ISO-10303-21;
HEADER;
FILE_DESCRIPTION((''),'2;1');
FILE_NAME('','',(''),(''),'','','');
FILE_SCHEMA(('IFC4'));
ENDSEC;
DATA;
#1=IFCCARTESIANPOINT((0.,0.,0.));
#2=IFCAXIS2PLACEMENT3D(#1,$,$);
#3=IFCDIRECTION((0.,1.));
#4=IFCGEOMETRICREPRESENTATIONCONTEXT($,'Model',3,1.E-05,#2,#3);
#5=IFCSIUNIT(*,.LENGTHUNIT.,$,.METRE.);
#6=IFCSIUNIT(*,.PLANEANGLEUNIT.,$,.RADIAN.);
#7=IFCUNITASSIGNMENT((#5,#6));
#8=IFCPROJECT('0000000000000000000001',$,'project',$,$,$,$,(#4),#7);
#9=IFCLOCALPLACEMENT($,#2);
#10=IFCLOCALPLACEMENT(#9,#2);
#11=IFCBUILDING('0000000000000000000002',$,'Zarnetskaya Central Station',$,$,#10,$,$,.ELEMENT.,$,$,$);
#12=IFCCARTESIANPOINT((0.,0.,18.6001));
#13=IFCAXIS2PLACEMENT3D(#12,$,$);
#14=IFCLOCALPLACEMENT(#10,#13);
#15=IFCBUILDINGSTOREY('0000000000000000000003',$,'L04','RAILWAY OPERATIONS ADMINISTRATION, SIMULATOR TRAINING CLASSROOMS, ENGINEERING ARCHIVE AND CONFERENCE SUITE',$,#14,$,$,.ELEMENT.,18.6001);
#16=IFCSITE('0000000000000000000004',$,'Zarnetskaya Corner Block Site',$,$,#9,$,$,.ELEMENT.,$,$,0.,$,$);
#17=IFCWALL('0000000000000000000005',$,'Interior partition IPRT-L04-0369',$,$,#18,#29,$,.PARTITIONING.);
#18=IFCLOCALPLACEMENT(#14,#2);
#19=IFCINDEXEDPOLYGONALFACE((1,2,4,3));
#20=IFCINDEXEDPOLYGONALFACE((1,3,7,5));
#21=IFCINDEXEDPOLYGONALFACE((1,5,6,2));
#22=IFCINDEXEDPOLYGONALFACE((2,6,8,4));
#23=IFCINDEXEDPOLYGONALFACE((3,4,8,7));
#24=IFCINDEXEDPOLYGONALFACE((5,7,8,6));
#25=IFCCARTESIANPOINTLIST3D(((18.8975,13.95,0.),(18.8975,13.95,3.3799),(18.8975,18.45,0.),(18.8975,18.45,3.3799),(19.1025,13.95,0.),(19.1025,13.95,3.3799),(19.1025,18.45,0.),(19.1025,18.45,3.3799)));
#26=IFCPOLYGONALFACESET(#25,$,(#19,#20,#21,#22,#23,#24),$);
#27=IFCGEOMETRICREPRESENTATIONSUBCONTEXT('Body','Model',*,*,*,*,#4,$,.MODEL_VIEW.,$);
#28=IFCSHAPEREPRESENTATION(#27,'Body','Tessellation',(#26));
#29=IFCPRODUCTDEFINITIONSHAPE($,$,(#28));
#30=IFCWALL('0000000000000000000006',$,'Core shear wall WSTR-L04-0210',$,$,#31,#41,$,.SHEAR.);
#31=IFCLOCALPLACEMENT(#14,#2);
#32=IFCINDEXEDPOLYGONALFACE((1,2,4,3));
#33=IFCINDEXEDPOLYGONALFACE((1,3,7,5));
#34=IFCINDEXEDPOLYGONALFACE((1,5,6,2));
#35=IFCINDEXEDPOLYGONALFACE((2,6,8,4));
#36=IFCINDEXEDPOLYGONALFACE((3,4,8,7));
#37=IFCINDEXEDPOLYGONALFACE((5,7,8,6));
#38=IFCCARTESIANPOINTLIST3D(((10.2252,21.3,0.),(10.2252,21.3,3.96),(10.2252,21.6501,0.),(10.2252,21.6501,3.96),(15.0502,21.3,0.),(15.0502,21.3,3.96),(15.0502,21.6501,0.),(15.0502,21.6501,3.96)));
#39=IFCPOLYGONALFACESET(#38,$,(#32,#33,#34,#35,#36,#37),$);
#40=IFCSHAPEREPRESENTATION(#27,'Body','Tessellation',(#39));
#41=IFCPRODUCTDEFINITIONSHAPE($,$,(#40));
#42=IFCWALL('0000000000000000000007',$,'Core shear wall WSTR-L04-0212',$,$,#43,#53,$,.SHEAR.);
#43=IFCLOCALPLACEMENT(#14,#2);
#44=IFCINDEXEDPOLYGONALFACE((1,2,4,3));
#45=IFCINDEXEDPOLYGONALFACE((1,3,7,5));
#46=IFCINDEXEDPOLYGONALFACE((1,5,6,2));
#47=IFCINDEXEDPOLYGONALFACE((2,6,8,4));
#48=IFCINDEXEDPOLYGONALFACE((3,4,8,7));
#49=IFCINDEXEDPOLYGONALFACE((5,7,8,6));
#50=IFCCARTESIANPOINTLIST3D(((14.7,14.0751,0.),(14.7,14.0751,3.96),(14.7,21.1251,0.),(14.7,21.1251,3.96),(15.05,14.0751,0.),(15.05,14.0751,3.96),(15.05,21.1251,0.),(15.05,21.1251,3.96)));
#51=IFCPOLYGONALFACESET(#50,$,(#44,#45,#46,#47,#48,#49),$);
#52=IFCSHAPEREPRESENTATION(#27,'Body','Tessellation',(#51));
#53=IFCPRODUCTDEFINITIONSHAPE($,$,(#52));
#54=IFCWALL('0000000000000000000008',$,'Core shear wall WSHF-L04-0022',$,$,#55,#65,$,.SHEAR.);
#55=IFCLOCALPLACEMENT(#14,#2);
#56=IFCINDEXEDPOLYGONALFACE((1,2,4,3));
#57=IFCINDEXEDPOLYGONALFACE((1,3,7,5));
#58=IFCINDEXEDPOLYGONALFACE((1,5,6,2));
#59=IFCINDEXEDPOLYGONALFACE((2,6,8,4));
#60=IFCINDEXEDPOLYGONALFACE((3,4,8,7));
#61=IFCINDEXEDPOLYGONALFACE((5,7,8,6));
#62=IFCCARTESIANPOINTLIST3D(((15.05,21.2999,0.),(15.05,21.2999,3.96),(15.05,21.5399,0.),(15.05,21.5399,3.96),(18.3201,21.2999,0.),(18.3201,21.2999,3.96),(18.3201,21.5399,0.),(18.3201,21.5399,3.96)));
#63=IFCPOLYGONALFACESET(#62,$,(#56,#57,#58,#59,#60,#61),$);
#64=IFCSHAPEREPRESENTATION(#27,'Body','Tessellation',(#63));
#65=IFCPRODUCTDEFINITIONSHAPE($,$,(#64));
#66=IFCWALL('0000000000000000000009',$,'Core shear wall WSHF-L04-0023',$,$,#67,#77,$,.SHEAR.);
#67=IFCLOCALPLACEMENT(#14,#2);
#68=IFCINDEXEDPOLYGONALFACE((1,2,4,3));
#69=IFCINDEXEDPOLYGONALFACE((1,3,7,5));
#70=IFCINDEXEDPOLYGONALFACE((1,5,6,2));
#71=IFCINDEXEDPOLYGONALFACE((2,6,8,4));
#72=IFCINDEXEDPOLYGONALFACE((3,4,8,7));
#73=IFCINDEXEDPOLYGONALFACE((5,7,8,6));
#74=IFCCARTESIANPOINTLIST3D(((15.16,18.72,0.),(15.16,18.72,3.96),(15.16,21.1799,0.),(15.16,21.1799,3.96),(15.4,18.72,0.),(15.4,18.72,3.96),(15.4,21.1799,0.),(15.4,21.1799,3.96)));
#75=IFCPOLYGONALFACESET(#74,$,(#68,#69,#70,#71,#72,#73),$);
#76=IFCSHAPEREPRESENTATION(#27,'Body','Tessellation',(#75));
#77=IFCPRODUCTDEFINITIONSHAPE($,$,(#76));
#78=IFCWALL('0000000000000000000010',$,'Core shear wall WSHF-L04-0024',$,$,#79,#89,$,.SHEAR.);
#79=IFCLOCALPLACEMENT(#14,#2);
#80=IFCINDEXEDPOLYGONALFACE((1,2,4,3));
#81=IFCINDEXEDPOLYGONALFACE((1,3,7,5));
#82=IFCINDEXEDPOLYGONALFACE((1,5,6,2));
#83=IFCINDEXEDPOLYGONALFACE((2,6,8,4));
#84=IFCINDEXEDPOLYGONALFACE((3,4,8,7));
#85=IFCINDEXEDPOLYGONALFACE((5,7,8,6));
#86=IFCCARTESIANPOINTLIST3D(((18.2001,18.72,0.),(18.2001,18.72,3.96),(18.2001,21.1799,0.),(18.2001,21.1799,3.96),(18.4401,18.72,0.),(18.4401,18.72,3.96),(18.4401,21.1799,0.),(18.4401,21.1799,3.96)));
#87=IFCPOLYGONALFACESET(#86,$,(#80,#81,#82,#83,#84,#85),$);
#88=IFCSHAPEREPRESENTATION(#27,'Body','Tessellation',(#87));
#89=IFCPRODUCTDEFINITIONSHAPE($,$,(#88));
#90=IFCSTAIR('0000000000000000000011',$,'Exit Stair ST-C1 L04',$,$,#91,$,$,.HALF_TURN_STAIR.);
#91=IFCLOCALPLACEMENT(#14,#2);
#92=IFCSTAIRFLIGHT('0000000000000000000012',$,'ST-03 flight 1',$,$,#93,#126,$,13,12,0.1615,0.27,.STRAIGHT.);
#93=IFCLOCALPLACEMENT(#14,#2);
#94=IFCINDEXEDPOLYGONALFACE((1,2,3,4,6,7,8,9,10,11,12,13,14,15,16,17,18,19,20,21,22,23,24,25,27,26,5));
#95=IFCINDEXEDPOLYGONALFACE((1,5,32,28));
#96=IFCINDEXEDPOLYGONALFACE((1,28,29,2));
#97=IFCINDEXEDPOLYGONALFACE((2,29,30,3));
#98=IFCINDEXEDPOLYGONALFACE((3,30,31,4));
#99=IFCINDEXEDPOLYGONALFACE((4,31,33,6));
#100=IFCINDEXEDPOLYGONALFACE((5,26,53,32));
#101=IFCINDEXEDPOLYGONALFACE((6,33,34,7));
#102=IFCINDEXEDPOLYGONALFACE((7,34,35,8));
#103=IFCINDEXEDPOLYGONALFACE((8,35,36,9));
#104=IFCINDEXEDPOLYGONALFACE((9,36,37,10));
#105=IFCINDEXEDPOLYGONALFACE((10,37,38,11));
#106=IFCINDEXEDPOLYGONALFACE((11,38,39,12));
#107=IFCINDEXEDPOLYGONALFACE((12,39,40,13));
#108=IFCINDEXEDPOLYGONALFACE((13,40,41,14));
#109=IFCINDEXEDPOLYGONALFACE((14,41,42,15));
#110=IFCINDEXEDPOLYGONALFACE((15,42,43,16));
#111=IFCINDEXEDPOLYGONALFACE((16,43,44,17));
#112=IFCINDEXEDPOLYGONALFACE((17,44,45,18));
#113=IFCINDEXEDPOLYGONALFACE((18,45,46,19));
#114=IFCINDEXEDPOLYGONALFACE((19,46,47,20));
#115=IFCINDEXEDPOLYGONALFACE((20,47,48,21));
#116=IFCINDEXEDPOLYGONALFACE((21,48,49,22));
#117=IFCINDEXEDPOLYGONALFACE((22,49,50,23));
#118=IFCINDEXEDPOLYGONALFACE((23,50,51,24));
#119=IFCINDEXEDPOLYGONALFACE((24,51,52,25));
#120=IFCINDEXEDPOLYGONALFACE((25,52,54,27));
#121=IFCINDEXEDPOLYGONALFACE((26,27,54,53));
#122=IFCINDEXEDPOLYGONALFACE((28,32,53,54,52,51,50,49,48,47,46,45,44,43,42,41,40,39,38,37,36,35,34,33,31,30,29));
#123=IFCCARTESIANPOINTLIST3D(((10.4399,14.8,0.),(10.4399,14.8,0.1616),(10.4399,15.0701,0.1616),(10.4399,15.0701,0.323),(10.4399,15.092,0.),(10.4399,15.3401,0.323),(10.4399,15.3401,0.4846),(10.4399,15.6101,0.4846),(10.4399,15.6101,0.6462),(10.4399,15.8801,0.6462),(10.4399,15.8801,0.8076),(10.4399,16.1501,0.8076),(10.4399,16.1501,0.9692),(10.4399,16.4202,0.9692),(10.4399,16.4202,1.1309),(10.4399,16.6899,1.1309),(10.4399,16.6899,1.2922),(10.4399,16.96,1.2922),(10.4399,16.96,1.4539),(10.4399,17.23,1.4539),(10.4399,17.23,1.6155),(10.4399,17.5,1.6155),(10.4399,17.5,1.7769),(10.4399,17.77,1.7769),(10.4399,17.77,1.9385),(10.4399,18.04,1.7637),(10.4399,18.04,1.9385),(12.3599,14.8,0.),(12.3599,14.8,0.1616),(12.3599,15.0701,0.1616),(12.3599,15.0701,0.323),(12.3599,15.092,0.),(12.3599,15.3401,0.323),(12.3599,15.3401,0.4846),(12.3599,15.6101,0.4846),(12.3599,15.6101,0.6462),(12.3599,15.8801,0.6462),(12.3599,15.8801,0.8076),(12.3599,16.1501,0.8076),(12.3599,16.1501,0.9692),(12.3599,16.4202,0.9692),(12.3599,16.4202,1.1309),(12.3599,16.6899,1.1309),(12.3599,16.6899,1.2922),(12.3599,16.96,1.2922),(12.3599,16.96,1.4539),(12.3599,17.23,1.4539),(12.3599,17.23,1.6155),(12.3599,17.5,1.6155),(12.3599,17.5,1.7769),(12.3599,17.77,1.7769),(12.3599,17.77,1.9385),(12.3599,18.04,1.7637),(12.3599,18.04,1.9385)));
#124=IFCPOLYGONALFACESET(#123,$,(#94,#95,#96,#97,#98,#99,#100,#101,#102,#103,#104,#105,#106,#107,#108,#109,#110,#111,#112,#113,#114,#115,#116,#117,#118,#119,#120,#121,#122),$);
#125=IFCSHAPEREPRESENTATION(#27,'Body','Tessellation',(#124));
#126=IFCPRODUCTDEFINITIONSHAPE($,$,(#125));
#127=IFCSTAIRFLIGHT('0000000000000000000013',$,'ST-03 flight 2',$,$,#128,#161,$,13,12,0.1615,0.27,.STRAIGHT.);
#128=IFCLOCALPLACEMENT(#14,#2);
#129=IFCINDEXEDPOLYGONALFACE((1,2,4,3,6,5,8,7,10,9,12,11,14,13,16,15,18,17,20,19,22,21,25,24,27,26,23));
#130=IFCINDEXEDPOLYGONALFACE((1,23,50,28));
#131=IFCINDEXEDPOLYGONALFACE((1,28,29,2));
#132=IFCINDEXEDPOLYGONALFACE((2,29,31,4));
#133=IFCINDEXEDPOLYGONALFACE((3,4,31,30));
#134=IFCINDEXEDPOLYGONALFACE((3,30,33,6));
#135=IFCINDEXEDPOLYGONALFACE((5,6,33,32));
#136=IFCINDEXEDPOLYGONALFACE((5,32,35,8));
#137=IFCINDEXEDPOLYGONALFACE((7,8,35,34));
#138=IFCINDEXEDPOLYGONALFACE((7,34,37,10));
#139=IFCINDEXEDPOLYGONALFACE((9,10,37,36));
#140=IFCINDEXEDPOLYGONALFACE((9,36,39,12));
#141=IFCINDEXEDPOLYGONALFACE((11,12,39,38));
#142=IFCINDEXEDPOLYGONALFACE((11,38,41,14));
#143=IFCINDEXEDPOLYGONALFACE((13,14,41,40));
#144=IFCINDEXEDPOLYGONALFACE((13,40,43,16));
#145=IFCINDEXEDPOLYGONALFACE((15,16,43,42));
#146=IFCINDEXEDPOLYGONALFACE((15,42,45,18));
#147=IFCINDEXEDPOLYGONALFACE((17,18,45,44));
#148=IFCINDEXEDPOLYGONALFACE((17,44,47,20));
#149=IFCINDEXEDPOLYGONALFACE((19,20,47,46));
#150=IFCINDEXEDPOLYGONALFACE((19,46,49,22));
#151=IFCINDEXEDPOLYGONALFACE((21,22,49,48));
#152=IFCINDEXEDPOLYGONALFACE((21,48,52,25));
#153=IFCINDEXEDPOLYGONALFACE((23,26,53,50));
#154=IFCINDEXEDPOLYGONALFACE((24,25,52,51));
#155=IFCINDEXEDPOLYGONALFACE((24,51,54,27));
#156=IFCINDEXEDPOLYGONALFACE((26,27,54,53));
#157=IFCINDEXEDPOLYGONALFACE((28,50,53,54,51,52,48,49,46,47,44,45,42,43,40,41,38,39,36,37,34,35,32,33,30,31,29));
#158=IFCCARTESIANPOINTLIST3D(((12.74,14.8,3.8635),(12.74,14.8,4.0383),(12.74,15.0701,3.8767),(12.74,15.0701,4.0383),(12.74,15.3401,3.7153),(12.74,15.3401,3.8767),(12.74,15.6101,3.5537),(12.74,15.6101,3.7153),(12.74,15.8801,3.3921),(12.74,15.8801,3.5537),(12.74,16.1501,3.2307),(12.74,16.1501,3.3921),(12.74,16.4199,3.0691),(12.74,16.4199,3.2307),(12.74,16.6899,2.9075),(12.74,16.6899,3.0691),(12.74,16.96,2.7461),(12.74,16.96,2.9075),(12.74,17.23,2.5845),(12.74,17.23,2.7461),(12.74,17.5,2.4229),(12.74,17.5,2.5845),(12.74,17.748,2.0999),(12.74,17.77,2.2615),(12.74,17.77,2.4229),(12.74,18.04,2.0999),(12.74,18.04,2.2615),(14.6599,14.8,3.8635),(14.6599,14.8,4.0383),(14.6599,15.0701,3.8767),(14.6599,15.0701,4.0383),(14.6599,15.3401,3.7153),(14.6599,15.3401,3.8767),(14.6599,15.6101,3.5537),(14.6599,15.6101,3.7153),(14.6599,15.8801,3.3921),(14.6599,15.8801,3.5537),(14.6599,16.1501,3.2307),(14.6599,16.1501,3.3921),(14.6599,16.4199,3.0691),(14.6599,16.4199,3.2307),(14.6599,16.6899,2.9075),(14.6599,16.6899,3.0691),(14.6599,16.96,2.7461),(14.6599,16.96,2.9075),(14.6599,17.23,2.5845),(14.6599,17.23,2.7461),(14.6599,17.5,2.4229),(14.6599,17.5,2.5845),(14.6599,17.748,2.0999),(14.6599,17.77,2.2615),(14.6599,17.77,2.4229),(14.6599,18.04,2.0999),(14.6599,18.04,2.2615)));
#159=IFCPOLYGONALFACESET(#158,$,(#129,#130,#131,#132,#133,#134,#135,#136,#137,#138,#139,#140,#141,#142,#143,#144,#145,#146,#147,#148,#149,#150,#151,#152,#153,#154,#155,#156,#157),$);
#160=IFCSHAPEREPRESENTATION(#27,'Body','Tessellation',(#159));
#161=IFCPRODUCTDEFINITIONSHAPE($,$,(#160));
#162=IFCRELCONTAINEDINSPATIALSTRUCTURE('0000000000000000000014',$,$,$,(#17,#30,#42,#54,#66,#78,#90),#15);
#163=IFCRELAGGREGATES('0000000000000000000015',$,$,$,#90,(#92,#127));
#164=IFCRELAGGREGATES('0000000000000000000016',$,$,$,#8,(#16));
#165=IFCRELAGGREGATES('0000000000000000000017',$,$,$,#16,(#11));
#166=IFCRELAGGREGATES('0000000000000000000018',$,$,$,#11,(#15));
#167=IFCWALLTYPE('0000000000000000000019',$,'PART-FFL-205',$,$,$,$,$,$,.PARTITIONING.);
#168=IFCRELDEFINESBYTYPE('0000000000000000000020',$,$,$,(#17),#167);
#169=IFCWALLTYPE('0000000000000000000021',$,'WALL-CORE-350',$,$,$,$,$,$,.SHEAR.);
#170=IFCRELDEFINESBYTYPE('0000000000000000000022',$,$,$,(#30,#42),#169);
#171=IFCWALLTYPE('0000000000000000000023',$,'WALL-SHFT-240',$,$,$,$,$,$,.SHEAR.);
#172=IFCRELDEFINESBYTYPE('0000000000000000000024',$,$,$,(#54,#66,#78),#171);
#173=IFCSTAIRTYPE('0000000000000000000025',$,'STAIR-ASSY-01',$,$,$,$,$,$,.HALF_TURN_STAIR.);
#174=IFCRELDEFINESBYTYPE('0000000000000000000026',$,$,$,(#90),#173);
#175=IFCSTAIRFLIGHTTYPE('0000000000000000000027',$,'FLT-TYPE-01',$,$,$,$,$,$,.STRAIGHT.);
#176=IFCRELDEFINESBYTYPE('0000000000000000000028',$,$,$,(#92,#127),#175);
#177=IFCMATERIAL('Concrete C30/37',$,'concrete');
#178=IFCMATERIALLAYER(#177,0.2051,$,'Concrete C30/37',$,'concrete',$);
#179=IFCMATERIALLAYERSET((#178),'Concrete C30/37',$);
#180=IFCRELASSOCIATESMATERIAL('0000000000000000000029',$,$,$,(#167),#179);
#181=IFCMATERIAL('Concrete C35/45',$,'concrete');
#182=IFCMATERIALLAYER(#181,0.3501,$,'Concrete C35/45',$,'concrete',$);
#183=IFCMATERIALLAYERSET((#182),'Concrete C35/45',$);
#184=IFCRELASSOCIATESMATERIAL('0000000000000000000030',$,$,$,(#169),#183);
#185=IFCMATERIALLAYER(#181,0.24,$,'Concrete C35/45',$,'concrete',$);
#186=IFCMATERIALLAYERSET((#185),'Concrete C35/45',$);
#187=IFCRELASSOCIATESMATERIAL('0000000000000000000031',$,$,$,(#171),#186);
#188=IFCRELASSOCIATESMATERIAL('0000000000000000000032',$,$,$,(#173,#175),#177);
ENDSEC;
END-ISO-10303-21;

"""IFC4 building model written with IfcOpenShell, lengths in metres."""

from ifc_helpers import new_model, si_unit, direction, frame, frame_2d, origin, place, context, subcontext, project, spatial, polyline, rectangle, outline, extrude, material, layer, layer_set, type_object, element, aggregate, save


model = new_model("IFC4")

# Units and contexts
model_context = context("Model", 3, precision=1e-05, world=origin(), true_north=direction((0.0, 1.0)))
body_context = subcontext(model_context, "Body", "Model", "MODEL_VIEW")
ifc_project = project(units=[si_unit("LENGTHUNIT", "METRE"), si_unit("PLANEANGLEUNIT", "RADIAN")], contexts=[model_context])

# Site, building, storey
site_placement = place(None, origin())
site = spatial("IfcSite", under=ifc_project, at=site_placement, Name="Zarnetskaya Corner Block Site", CompositionType="ELEMENT", RefElevation=0.0)
building_placement = place(site_placement, origin())
building = spatial("IfcBuilding", under=site, at=building_placement, Name="Zarnetskaya Central Station", CompositionType="ELEMENT")
storey_placement = place(building_placement, frame((0.0, 0.0, 18.6001)))
storey = spatial("IfcBuildingStorey", under=building, at=storey_placement, Name="L04", Description="RAILWAY OPERATIONS ADMINISTRATION, SIMULATOR TRAINING CLASSROOMS, ENGINEERING ARCHIVE AND CONFERENCE SUITE", CompositionType="ELEMENT", Elevation=18.6001)

# Walls
ifc_material_1 = material(Name="Concrete C30/37", Category="concrete")
ifc_layer_1 = layer(ifc_material_1, 0.2051, Name="Concrete C30/37", Category="concrete")
ifc_layer_set_1 = layer_set([ifc_layer_1], Name="Concrete C30/37")
wall_type_1 = type_object("IfcWallType", Name="PART-FFL-205", PredefinedType="PARTITIONING", material=ifc_layer_set_1)
wall_1_placement = place(storey_placement, frame((19.0, 18.45, 0.0), z_axis=(0.0, 0.0, 1.0), x_axis=(0.0, -1.0, 0.0)))
element("IfcWall", 1, at=wall_1_placement, inside=storey, type_object=wall_type_1, Name="Interior partition IPRT-L04-0369", PredefinedType="PARTITIONING", context=body_context, shape_type="SweptSolid", body=[
    extrude(rectangle(XDim=4.5, YDim=0.2051, at=frame_2d((2.25, 0.0))), origin(), (0.0, 0.0, 1.0), 3.3799),
])
ifc_material_2 = material(Name="Concrete C35/45", Category="concrete")
ifc_layer_2 = layer(ifc_material_2, 0.3501, Name="Concrete C35/45", Category="concrete")
ifc_layer_set_2 = layer_set([ifc_layer_2], Name="Concrete C35/45")
wall_type_2 = type_object("IfcWallType", Name="WALL-CORE-350", PredefinedType="SHEAR", material=ifc_layer_set_2)
wall_2_placement = place(storey_placement, frame((10.2251, 21.4751, 0.0), z_axis=(0.0, 0.0, 1.0), x_axis=(1.0, 0.0, 0.0)))
element("IfcWall", 2, at=wall_2_placement, inside=storey, type_object=wall_type_2, Name="Core shear wall WSTR-L04-0210", PredefinedType="SHEAR", context=body_context, shape_type="SweptSolid", body=[
    extrude(rectangle(XDim=4.825, YDim=0.3501, at=frame_2d((2.4126, 0.0))), origin(), (0.0, 0.0, 1.0), 3.96),
])
wall_3_placement = place(storey_placement, frame((14.875, 21.125, 0.0), z_axis=(0.0, 0.0, 1.0), x_axis=(0.0, -1.0, 0.0)))
element("IfcWall", 3, at=wall_3_placement, inside=storey, type_object=wall_type_2, Name="Core shear wall WSTR-L04-0212", PredefinedType="SHEAR", context=body_context, shape_type="SweptSolid", body=[
    extrude(rectangle(XDim=7.05, YDim=0.3501, at=frame_2d((3.5249, 0.0))), origin(), (0.0, 0.0, 1.0), 3.96),
])

# Shared definitions
ifc_layer_3 = layer(ifc_material_2, 0.24, Name="Concrete C35/45", Category="concrete")
ifc_layer_set_3 = layer_set([ifc_layer_3], Name="Concrete C35/45")
wall_type_3 = type_object("IfcWallType", Name="WALL-SHFT-240", PredefinedType="SHEAR", material=ifc_layer_set_3)

# Walls
wall_4_placement = place(storey_placement, frame((15.05, 21.4199, 0.0), z_axis=(0.0, 0.0, 1.0), x_axis=(1.0, 0.0, 0.0)))
element("IfcWall", 4, at=wall_4_placement, inside=storey, type_object=wall_type_3, Name="Core shear wall WSHF-L04-0022", PredefinedType="SHEAR", context=body_context, shape_type="SweptSolid", body=[
    extrude(rectangle(XDim=3.27, YDim=0.24, at=frame_2d((1.635, 0.0))), origin(), (0.0, 0.0, 1.0), 3.96),
])
for number, where, z_axis, x_axis, name in (
    (5, (15.28, 18.72, 0.0), (0.0, 0.0, 1.0), (0.0, 1.0, 0.0), "Core shear wall WSHF-L04-0023"),
    (6, (18.3201, 21.1799, 0.0), (0.0, 0.0, 1.0), (0.0, -1.0, 0.0), "Core shear wall WSHF-L04-0024"),
):
    element("IfcWall", number, at=place(storey_placement, frame(where, z_axis=z_axis, x_axis=x_axis)), inside=storey, type_object=wall_type_3, Name=name, PredefinedType="SHEAR", context=body_context, shape_type="SweptSolid", body=[
        extrude(rectangle(XDim=2.46, YDim=0.24, at=frame_2d((1.23, 0.0))), origin(), (0.0, 0.0, 1.0), 3.96),
    ])

# Stair, stair flights
stair_type = type_object("IfcStairType", Name="STAIR-ASSY-01", PredefinedType="HALF_TURN_STAIR", material=ifc_material_1)
stair_placement = place(storey_placement, origin())
stair = element("IfcStair", 7, at=stair_placement, inside=storey, type_object=stair_type, Name="Exit Stair ST-C1 L04", PredefinedType="HALF_TURN_STAIR")
stair_flight_type = type_object("IfcStairFlightType", Name="FLT-TYPE-01", PredefinedType="STRAIGHT", material=ifc_material_1)
stair_flight_1_placement = place(storey_placement, frame((11.3999, 14.8, 0.0), z_axis=(0.0, 0.0, 1.0), x_axis=(0.0, 1.0, 0.0)))
stair_flight_1 = element("IfcStairFlight", 8, at=stair_flight_1_placement, type_object=stair_flight_type, Name="ST-03 flight 1", NumberOfRisers=13, NumberOfTreads=12, PredefinedType="STRAIGHT", RiserHeight=0.1615, TreadLength=0.27, context=body_context, shape_type="SweptSolid", body=[
    extrude(outline(polyline([(0.0, 0.0), (0.0, 0.1616), (0.27, 0.1616), (0.27, 0.323), (0.54, 0.323), (0.54, 0.4846), (0.8101, 0.4846), (0.8101, 0.6462), (1.0801, 0.6462), (1.0801, 0.8076), (1.3501, 0.8076), (1.3501, 0.9692), (1.6201, 0.9692), (1.6201, 1.1309), (1.8899, 1.1309), (1.8899, 1.2922), (2.1599, 1.2922), (2.1599, 1.4539), (2.4299, 1.4539), (2.4299, 1.6155), (2.7, 1.6155), (2.7, 1.7769), (2.97, 1.7769), (2.97, 1.9385), (3.24, 1.9385), (3.24, 2.1001), (3.24, 1.7637), (0.292, 0.0), (0.0, 0.0)])), frame((0.0, 0.96, 0.0), z_axis=(0.0, -1.0, 0.0), x_axis=(1.0, 0.0, 0.0)), (0.0, 0.0, 1.0), 1.9199),
])
stair_flight_2_placement = place(storey_placement, frame((13.7, 18.04, 2.0999), z_axis=(0.0, 0.0, 1.0), x_axis=(0.0, -1.0, 0.0)))
stair_flight_2 = element("IfcStairFlight", 9, at=stair_flight_2_placement, type_object=stair_flight_type, Name="ST-03 flight 2", NumberOfRisers=13, NumberOfTreads=12, PredefinedType="STRAIGHT", RiserHeight=0.1615, TreadLength=0.27, context=body_context, shape_type="SweptSolid", body=[
    extrude(outline(polyline([(0.0, 0.0), (0.0, 0.1616), (0.27, 0.1616), (0.27, 0.323), (0.54, 0.323), (0.54, 0.4846), (0.8101, 0.4846), (0.8101, 0.6462), (1.0801, 0.6462), (1.0801, 0.8076), (1.3501, 0.8076), (1.3501, 0.9692), (1.6201, 0.9692), (1.6201, 1.1309), (1.8899, 1.1309), (1.8899, 1.2922), (2.1599, 1.2922), (2.1599, 1.4539), (2.4299, 1.4539), (2.4299, 1.6155), (2.7, 1.6155), (2.7, 1.7769), (2.97, 1.7769), (2.97, 1.9385), (3.24, 1.9385), (3.24, 2.1001), (3.24, 1.7637), (0.292, 0.0), (0.0, 0.0)])), frame((0.0, 0.96, 0.0), z_axis=(0.0, -1.0, 0.0), x_axis=(1.0, 0.0, 0.0)), (0.0, 0.0, 1.0), 1.9199),
])
aggregate(stair, [stair_flight_1, stair_flight_2])

save(model, "model.ifc")
